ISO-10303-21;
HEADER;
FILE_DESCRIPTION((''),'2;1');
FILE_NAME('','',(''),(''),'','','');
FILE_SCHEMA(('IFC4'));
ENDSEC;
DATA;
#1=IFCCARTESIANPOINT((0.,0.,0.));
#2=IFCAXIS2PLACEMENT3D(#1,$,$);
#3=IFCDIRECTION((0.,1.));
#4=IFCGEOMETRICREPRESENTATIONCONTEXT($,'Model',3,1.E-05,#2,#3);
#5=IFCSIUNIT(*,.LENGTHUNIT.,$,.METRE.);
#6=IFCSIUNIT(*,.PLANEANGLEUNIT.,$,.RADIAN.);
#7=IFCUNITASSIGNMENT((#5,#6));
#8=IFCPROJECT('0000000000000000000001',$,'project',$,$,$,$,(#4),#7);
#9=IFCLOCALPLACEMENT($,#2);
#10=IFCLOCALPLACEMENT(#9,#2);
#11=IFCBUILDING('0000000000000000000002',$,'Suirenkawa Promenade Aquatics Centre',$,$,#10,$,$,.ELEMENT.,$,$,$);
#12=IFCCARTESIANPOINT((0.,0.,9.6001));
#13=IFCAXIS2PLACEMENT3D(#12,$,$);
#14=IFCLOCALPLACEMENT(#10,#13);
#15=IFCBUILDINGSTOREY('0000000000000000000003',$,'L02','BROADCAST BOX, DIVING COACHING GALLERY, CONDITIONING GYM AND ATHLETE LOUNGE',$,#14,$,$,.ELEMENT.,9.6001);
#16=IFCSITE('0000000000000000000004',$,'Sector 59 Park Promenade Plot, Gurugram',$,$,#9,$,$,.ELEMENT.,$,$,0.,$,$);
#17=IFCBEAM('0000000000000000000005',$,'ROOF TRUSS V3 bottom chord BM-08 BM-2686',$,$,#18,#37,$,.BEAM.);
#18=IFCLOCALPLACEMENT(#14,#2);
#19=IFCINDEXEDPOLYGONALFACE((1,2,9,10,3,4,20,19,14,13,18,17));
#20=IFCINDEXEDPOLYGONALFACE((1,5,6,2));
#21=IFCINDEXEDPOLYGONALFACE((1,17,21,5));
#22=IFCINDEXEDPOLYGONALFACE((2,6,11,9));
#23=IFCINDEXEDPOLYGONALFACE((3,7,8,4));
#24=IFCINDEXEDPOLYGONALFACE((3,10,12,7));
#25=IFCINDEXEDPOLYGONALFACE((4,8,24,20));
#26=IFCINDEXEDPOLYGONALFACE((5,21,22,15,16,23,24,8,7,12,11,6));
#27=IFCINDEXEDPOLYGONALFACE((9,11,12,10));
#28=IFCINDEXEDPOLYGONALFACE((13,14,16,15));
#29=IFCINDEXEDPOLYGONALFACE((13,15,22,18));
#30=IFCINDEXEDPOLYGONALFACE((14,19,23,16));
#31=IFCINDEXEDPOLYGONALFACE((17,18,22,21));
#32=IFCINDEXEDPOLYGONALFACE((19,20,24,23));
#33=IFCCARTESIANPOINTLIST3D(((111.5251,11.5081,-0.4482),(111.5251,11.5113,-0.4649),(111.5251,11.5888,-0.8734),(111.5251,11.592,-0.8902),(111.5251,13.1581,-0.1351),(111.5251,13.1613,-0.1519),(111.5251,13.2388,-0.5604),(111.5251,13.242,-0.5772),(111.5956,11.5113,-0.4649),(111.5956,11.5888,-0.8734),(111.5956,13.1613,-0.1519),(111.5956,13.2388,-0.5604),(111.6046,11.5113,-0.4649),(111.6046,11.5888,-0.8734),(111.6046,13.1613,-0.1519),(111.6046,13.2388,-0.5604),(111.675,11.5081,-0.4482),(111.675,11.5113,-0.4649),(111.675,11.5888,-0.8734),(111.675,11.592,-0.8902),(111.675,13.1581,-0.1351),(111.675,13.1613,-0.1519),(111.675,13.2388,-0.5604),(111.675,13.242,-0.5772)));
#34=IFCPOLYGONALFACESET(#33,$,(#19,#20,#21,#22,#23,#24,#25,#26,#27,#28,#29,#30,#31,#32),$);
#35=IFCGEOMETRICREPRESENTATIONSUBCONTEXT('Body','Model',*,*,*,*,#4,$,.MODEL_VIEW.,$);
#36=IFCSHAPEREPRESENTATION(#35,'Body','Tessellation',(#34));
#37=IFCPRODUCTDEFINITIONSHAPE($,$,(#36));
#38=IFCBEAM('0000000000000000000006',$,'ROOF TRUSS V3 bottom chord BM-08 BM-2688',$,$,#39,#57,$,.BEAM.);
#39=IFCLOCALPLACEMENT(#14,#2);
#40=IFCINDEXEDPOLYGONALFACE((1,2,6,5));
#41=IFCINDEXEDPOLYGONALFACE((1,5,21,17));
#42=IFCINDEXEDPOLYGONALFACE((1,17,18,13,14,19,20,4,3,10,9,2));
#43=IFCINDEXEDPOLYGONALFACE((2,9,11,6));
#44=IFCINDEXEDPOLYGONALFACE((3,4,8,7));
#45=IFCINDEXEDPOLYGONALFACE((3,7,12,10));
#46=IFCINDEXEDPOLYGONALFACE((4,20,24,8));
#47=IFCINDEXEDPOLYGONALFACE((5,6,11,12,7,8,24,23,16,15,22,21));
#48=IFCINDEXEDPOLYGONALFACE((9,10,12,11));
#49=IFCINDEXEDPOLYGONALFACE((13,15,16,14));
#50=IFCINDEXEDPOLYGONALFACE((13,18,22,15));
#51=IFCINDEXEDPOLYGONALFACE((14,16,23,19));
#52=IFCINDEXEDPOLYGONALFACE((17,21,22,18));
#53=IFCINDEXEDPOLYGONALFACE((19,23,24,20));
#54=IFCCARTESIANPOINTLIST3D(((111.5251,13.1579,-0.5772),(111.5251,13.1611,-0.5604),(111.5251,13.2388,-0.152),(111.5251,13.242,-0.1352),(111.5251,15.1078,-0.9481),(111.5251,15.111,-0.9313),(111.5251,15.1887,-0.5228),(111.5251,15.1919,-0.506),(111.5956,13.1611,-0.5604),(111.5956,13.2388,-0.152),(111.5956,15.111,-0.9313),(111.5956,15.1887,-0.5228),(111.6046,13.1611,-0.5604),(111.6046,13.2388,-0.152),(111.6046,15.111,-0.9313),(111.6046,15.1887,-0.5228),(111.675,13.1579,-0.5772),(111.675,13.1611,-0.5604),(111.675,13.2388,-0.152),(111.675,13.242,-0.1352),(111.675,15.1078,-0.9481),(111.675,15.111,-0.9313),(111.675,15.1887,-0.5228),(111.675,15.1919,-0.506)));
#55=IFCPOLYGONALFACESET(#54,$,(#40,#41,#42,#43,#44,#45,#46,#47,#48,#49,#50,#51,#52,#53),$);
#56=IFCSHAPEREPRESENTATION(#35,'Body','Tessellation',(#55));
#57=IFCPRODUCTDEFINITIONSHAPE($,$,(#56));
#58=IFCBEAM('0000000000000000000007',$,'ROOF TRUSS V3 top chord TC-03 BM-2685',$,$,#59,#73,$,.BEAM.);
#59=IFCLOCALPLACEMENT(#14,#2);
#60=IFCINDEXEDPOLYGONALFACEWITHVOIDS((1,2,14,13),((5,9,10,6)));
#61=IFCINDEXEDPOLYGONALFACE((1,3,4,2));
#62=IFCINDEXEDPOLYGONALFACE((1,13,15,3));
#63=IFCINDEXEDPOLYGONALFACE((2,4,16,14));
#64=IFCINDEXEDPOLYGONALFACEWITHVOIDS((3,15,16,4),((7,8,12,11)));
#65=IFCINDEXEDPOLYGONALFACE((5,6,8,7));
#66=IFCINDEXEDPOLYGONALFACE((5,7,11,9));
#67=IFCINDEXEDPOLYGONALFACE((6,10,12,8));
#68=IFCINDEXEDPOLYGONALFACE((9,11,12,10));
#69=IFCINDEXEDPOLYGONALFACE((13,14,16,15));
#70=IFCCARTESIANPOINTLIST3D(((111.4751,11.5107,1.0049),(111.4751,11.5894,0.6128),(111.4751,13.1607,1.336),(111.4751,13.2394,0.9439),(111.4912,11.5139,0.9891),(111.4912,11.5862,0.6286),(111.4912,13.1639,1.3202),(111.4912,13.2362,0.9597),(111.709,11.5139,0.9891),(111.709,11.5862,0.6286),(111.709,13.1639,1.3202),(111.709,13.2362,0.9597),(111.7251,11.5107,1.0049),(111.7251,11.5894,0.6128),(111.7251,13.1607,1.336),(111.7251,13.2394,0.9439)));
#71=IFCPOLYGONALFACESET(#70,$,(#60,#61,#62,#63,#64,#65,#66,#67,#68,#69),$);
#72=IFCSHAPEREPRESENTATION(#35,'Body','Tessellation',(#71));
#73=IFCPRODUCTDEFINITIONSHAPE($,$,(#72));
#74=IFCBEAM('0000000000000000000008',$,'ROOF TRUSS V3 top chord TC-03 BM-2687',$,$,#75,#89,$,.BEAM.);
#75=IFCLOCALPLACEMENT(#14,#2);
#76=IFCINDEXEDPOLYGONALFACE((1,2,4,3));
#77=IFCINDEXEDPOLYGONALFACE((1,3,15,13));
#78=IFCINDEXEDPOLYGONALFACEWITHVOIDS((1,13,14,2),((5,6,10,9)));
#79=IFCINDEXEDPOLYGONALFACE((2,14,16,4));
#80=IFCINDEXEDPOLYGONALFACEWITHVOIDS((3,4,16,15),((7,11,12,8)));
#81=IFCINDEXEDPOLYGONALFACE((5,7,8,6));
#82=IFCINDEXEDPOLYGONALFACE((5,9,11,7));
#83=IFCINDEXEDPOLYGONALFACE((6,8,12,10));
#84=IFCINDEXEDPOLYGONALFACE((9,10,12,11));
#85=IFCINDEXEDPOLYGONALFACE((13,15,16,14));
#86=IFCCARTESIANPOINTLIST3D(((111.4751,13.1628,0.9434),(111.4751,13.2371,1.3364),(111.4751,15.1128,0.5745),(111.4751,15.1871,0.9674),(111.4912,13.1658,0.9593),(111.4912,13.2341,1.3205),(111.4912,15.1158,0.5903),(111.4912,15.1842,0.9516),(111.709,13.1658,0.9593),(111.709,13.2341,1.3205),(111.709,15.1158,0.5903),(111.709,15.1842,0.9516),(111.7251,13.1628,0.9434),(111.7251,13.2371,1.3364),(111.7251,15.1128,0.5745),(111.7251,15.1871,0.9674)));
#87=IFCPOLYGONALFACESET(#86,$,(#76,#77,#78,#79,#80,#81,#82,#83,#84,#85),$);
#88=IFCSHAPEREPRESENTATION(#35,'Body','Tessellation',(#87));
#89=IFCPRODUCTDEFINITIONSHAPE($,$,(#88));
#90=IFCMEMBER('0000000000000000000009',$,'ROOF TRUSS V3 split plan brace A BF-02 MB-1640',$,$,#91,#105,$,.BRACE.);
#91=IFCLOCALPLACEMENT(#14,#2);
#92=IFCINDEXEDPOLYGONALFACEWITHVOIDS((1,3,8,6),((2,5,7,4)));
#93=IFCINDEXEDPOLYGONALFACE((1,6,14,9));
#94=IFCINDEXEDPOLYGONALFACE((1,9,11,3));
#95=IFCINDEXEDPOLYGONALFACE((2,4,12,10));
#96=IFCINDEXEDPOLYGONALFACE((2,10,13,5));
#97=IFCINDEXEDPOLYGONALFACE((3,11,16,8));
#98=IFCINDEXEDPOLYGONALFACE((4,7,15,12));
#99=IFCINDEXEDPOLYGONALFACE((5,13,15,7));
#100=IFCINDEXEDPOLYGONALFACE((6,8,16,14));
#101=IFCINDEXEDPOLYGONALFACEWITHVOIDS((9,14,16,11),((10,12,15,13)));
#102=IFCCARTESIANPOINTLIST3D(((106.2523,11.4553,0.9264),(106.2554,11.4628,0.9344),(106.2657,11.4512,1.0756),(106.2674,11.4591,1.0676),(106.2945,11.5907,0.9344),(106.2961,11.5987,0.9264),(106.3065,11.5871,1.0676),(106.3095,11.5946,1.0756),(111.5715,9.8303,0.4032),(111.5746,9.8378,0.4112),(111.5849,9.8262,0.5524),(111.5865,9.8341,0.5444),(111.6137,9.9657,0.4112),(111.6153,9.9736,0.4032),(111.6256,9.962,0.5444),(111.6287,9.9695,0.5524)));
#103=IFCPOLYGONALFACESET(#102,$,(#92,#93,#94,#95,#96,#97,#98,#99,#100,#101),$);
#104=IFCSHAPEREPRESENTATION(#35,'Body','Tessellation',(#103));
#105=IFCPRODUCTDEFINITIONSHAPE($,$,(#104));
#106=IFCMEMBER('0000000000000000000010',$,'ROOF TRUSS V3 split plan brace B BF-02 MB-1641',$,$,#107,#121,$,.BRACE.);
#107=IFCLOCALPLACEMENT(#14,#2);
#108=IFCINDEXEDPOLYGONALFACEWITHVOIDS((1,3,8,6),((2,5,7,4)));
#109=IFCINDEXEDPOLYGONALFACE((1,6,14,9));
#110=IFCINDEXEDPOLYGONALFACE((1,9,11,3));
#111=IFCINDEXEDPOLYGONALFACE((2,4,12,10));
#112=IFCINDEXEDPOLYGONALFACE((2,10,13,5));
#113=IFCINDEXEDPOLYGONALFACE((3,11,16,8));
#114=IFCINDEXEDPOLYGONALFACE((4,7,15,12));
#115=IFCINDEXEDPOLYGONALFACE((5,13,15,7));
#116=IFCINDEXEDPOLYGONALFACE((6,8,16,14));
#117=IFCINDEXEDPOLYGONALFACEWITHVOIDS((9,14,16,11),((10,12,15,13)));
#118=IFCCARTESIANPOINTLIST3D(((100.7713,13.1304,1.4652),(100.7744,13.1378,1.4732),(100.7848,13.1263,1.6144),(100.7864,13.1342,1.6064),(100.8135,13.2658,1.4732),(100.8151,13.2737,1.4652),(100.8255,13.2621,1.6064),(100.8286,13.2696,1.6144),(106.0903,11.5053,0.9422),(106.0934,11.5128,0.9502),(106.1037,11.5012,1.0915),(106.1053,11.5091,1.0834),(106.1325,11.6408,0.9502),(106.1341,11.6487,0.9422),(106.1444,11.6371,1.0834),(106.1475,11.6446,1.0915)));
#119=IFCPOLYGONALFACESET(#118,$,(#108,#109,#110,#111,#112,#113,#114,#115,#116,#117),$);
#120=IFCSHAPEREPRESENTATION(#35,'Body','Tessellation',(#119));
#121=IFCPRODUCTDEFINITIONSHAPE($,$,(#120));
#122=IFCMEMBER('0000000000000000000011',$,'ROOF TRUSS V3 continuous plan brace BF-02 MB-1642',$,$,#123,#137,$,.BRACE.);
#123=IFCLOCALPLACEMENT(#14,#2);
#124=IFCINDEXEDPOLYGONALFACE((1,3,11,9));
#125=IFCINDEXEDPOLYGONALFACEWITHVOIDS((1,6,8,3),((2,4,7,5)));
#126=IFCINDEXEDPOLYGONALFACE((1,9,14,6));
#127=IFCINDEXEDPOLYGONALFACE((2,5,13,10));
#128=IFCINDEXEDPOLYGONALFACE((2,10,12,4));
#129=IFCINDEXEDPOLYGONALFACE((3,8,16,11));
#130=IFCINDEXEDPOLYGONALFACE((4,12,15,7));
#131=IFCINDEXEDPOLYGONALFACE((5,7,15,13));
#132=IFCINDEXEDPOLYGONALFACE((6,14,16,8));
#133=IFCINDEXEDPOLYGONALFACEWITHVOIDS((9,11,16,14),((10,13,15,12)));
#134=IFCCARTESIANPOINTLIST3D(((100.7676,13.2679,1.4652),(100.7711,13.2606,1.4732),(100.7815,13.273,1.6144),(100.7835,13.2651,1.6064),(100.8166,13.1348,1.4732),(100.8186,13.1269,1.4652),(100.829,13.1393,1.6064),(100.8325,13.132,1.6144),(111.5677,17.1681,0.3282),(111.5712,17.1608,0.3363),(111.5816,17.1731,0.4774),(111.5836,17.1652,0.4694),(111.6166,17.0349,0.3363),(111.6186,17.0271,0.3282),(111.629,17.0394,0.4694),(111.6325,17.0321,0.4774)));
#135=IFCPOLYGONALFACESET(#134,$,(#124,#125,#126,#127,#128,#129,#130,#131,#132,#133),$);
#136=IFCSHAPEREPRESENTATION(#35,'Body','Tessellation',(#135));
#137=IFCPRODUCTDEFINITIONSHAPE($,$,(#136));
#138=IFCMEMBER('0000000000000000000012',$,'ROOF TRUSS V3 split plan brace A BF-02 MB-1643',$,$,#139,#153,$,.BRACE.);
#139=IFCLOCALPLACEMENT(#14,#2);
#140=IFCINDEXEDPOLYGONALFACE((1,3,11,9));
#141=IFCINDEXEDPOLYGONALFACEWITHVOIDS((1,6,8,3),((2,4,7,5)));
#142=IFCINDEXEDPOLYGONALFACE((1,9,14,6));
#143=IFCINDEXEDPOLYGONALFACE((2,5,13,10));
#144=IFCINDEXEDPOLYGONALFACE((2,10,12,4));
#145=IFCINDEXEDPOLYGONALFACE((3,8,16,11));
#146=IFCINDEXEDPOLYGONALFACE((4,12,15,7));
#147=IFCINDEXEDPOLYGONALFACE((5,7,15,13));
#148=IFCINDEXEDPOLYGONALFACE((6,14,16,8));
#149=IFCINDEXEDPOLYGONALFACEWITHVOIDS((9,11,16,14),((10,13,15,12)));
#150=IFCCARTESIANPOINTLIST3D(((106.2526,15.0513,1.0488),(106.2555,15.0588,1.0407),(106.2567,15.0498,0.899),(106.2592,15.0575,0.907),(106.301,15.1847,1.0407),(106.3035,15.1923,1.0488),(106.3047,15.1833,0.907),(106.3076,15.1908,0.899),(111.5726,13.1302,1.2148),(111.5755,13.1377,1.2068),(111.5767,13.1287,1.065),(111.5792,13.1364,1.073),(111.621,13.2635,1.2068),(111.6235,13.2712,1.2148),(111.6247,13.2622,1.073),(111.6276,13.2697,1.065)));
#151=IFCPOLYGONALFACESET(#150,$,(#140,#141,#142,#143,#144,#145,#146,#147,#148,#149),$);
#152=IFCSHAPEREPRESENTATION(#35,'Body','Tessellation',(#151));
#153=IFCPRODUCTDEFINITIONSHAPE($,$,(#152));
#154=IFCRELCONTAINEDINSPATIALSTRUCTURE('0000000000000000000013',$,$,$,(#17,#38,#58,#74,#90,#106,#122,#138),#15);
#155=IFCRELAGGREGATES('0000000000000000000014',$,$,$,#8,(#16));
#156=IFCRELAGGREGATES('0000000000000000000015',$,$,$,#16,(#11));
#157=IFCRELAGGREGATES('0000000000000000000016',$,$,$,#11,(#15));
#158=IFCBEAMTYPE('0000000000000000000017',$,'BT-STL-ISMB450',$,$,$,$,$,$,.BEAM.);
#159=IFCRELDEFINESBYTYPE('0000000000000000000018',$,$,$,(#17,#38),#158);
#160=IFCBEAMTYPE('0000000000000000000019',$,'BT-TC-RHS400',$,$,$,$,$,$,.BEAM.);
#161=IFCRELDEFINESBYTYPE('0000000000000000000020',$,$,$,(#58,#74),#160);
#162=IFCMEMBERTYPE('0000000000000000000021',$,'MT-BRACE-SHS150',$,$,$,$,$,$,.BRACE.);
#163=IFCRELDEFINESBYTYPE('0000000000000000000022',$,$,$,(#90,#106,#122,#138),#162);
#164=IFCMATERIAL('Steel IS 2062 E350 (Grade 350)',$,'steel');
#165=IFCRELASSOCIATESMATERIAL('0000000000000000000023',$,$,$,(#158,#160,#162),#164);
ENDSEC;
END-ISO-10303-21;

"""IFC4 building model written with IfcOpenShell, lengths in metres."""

from ifc_helpers import new_model, si_unit, direction, frame, origin, origin_2d, place, context, subcontext, project, spatial, hollow_rectangle, i_section, extrude, material, material_profile, profile_set, type_object, element, save


model = new_model("IFC4")

# Units and contexts
model_context = context("Model", 3, precision=1e-05, world=origin(), true_north=direction((0.0, 1.0)))
body_context = subcontext(model_context, "Body", "Model", "MODEL_VIEW")
ifc_project = project(units=[si_unit("LENGTHUNIT", "METRE"), si_unit("PLANEANGLEUNIT", "RADIAN")], contexts=[model_context])

# Site, building, storey
site_placement = place(None, origin())
site = spatial("IfcSite", under=ifc_project, at=site_placement, Name="Sector 59 Park Promenade Plot, Gurugram", CompositionType="ELEMENT", RefElevation=0.0)
building_placement = place(site_placement, origin())
building = spatial("IfcBuilding", under=site, at=building_placement, Name="Suirenkawa Promenade Aquatics Centre", CompositionType="ELEMENT")
storey_placement = place(building_placement, frame((0.0, 0.0, 9.6001)))
storey = spatial("IfcBuildingStorey", under=building, at=storey_placement, Name="L02", Description="BROADCAST BOX, DIVING COACHING GALLERY, CONDITIONING GYM AND ATHLETE LOUNGE", CompositionType="ELEMENT", Elevation=9.6001)

# Beams
ifc_material_1 = material(Name="Steel IS 2062 E350 (Grade 350)", Category="steel")
ifc_material_profile_1 = material_profile(ifc_material_1, i_section(OverallWidth=0.1499, OverallDepth=0.45, WebThickness=0.009, FlangeThickness=0.0171, at=origin_2d()), Name="ISMB 450", Category="steel")
ifc_profile_set_1 = profile_set([ifc_material_profile_1], Name="Steel IS 2062 E350 (Grade 350)")
beam_type_1 = type_object("IfcBeamType", Name="BT-STL-ISMB450", PredefinedType="BEAM", material=ifc_profile_set_1)
beam_1_placement = place(storey_placement, frame((111.6001, 11.55, -0.6692), z_axis=(0.0, 0.982478, 0.186377), x_axis=(-1.0, 0.0, 0.0)))
element("IfcBeam", 1, at=beam_1_placement, inside=storey, type_object=beam_type_1, Name="ROOF TRUSS V3 bottom chord BM-08 BM-2686", PredefinedType="BEAM", context=body_context, shape_type="SweptSolid", body=[
    extrude(i_section(OverallWidth=0.1499, OverallDepth=0.45, WebThickness=0.009, FlangeThickness=0.0171, at=origin_2d()), origin(), (0.0, 0.0, 1.0), 1.6794),
])
beam_2_placement = place(storey_placement, frame((111.6001, 13.2, -0.3562), z_axis=(0.0, 0.982391, -0.186835), x_axis=(-1.0, 0.0, 0.0)))
element("IfcBeam", 2, at=beam_2_placement, inside=storey, type_object=beam_type_1, Name="ROOF TRUSS V3 bottom chord BM-08 BM-2688", PredefinedType="BEAM", context=body_context, shape_type="SweptSolid", body=[
    extrude(i_section(OverallWidth=0.1499, OverallDepth=0.45, WebThickness=0.009, FlangeThickness=0.0171, at=origin_2d()), origin(), (0.0, 0.0, 1.0), 1.9849),
])
ifc_material_profile_2 = material_profile(ifc_material_1, hollow_rectangle(XDim=0.25, YDim=0.3999, WallThickness=0.0161, at=origin_2d()), Name="RHS 400x250x16", Category="steel")
ifc_profile_set_2 = profile_set([ifc_material_profile_2], Name="Steel IS 2062 E350 (Grade 350)")
beam_type_2 = type_object("IfcBeamType", Name="BT-TC-RHS400", PredefinedType="BEAM", material=ifc_profile_set_2)
beam_3_placement = place(storey_placement, frame((111.6001, 11.55, 0.8088), z_axis=(0.0, 0.980458, 0.19673), x_axis=(-1.0, 0.0, 0.0)))
element("IfcBeam", 3, at=beam_3_placement, inside=storey, type_object=beam_type_2, Name="ROOF TRUSS V3 top chord TC-03 BM-2685", PredefinedType="BEAM", context=body_context, shape_type="SweptSolid", body=[
    extrude(hollow_rectangle(XDim=0.25, YDim=0.3999, WallThickness=0.0161, at=origin_2d()), origin(), (0.0, 0.0, 1.0), 1.6829),
])
beam_4_placement = place(storey_placement, frame((111.6001, 13.2, 1.1399), z_axis=(0.0, 0.982571, -0.185885), x_axis=(-1.0, 0.0, 0.0)))
element("IfcBeam", 4, at=beam_4_placement, inside=storey, type_object=beam_type_2, Name="ROOF TRUSS V3 top chord TC-03 BM-2687", PredefinedType="BEAM", context=body_context, shape_type="SweptSolid", body=[
    extrude(hollow_rectangle(XDim=0.25, YDim=0.3999, WallThickness=0.0161, at=origin_2d()), origin(), (0.0, 0.0, 1.0), 1.9846),
])

# Members
ifc_material_profile_3 = material_profile(ifc_material_1, hollow_rectangle(XDim=0.1499, YDim=0.1499, WallThickness=0.0081, at=origin_2d()), Name="SHS 150x150x8", Category="steel")
ifc_profile_set_3 = profile_set([ifc_material_profile_3], Name="Steel IS 2062 E350 (Grade 350)")
member_type_1 = type_object("IfcMemberType", Name="MT-BRACE-SHS150", PredefinedType="BRACE", material=ifc_profile_set_3)
member_1_placement = place(storey_placement, frame((111.6001, 9.8999, 0.4778), z_axis=(-0.952162, 0.290889, 0.093656), x_axis=(-0.292173, -0.956366, 0.0)))
element("IfcMember", 5, at=member_1_placement, inside=storey, type_object=member_type_1, Name="ROOF TRUSS V3 split plan brace A BF-02 MB-1640", PredefinedType="BRACE", context=body_context, shape_type="SweptSolid", body=[
    extrude(hollow_rectangle(XDim=0.1499, YDim=0.1499, WallThickness=0.0081, at=origin_2d()), origin(), (0.0, 0.0, 1.0), 5.5864),
])
member_2_placement = place(storey_placement, frame((106.1189, 11.575, 1.0168), z_axis=(-0.952162, 0.290902, 0.093617), x_axis=(-0.292185, -0.956362, 0.0)))
element("IfcMember", 6, at=member_2_placement, inside=storey, type_object=member_type_1, Name="ROOF TRUSS V3 split plan brace B BF-02 MB-1641", PredefinedType="BRACE", context=body_context, shape_type="SweptSolid", body=[
    extrude(hollow_rectangle(XDim=0.1499, YDim=0.1499, WallThickness=0.0081, at=origin_2d()), origin(), (0.0, 0.0, 1.0), 5.5862),
])
member_3_placement = place(storey_placement, frame((100.8, 13.2, 1.5398), z_axis=(0.935973, 0.338002, -0.098534), x_axis=(-0.339654, 0.94055, 0.0)))
element("IfcMember", 7, at=member_3_placement, inside=storey, type_object=member_type_1, Name="ROOF TRUSS V3 continuous plan brace BF-02 MB-1642", PredefinedType="BRACE", context=body_context, shape_type="SweptSolid", body=[
    extrude(hollow_rectangle(XDim=0.1499, YDim=0.1499, WallThickness=0.0081, at=origin_2d()), origin(), (0.0, 0.0, 1.0), 11.5388),
])
member_4_placement = place(storey_placement, frame((111.6001, 13.2, 1.1399), z_axis=(-0.940149, 0.339499, -0.029338), x_axis=(-0.339646, -0.940554, 0.0)))
element("IfcMember", 8, at=member_4_placement, inside=storey, type_object=member_type_1, Name="ROOF TRUSS V3 split plan brace A BF-02 MB-1643", PredefinedType="BRACE", context=body_context, shape_type="SweptSolid", body=[
    extrude(hollow_rectangle(XDim=0.1499, YDim=0.1499, WallThickness=0.0081, at=origin_2d()), origin(), (0.0, 0.0, 1.0), 5.6587),
])

save(model, "model.ifc")
